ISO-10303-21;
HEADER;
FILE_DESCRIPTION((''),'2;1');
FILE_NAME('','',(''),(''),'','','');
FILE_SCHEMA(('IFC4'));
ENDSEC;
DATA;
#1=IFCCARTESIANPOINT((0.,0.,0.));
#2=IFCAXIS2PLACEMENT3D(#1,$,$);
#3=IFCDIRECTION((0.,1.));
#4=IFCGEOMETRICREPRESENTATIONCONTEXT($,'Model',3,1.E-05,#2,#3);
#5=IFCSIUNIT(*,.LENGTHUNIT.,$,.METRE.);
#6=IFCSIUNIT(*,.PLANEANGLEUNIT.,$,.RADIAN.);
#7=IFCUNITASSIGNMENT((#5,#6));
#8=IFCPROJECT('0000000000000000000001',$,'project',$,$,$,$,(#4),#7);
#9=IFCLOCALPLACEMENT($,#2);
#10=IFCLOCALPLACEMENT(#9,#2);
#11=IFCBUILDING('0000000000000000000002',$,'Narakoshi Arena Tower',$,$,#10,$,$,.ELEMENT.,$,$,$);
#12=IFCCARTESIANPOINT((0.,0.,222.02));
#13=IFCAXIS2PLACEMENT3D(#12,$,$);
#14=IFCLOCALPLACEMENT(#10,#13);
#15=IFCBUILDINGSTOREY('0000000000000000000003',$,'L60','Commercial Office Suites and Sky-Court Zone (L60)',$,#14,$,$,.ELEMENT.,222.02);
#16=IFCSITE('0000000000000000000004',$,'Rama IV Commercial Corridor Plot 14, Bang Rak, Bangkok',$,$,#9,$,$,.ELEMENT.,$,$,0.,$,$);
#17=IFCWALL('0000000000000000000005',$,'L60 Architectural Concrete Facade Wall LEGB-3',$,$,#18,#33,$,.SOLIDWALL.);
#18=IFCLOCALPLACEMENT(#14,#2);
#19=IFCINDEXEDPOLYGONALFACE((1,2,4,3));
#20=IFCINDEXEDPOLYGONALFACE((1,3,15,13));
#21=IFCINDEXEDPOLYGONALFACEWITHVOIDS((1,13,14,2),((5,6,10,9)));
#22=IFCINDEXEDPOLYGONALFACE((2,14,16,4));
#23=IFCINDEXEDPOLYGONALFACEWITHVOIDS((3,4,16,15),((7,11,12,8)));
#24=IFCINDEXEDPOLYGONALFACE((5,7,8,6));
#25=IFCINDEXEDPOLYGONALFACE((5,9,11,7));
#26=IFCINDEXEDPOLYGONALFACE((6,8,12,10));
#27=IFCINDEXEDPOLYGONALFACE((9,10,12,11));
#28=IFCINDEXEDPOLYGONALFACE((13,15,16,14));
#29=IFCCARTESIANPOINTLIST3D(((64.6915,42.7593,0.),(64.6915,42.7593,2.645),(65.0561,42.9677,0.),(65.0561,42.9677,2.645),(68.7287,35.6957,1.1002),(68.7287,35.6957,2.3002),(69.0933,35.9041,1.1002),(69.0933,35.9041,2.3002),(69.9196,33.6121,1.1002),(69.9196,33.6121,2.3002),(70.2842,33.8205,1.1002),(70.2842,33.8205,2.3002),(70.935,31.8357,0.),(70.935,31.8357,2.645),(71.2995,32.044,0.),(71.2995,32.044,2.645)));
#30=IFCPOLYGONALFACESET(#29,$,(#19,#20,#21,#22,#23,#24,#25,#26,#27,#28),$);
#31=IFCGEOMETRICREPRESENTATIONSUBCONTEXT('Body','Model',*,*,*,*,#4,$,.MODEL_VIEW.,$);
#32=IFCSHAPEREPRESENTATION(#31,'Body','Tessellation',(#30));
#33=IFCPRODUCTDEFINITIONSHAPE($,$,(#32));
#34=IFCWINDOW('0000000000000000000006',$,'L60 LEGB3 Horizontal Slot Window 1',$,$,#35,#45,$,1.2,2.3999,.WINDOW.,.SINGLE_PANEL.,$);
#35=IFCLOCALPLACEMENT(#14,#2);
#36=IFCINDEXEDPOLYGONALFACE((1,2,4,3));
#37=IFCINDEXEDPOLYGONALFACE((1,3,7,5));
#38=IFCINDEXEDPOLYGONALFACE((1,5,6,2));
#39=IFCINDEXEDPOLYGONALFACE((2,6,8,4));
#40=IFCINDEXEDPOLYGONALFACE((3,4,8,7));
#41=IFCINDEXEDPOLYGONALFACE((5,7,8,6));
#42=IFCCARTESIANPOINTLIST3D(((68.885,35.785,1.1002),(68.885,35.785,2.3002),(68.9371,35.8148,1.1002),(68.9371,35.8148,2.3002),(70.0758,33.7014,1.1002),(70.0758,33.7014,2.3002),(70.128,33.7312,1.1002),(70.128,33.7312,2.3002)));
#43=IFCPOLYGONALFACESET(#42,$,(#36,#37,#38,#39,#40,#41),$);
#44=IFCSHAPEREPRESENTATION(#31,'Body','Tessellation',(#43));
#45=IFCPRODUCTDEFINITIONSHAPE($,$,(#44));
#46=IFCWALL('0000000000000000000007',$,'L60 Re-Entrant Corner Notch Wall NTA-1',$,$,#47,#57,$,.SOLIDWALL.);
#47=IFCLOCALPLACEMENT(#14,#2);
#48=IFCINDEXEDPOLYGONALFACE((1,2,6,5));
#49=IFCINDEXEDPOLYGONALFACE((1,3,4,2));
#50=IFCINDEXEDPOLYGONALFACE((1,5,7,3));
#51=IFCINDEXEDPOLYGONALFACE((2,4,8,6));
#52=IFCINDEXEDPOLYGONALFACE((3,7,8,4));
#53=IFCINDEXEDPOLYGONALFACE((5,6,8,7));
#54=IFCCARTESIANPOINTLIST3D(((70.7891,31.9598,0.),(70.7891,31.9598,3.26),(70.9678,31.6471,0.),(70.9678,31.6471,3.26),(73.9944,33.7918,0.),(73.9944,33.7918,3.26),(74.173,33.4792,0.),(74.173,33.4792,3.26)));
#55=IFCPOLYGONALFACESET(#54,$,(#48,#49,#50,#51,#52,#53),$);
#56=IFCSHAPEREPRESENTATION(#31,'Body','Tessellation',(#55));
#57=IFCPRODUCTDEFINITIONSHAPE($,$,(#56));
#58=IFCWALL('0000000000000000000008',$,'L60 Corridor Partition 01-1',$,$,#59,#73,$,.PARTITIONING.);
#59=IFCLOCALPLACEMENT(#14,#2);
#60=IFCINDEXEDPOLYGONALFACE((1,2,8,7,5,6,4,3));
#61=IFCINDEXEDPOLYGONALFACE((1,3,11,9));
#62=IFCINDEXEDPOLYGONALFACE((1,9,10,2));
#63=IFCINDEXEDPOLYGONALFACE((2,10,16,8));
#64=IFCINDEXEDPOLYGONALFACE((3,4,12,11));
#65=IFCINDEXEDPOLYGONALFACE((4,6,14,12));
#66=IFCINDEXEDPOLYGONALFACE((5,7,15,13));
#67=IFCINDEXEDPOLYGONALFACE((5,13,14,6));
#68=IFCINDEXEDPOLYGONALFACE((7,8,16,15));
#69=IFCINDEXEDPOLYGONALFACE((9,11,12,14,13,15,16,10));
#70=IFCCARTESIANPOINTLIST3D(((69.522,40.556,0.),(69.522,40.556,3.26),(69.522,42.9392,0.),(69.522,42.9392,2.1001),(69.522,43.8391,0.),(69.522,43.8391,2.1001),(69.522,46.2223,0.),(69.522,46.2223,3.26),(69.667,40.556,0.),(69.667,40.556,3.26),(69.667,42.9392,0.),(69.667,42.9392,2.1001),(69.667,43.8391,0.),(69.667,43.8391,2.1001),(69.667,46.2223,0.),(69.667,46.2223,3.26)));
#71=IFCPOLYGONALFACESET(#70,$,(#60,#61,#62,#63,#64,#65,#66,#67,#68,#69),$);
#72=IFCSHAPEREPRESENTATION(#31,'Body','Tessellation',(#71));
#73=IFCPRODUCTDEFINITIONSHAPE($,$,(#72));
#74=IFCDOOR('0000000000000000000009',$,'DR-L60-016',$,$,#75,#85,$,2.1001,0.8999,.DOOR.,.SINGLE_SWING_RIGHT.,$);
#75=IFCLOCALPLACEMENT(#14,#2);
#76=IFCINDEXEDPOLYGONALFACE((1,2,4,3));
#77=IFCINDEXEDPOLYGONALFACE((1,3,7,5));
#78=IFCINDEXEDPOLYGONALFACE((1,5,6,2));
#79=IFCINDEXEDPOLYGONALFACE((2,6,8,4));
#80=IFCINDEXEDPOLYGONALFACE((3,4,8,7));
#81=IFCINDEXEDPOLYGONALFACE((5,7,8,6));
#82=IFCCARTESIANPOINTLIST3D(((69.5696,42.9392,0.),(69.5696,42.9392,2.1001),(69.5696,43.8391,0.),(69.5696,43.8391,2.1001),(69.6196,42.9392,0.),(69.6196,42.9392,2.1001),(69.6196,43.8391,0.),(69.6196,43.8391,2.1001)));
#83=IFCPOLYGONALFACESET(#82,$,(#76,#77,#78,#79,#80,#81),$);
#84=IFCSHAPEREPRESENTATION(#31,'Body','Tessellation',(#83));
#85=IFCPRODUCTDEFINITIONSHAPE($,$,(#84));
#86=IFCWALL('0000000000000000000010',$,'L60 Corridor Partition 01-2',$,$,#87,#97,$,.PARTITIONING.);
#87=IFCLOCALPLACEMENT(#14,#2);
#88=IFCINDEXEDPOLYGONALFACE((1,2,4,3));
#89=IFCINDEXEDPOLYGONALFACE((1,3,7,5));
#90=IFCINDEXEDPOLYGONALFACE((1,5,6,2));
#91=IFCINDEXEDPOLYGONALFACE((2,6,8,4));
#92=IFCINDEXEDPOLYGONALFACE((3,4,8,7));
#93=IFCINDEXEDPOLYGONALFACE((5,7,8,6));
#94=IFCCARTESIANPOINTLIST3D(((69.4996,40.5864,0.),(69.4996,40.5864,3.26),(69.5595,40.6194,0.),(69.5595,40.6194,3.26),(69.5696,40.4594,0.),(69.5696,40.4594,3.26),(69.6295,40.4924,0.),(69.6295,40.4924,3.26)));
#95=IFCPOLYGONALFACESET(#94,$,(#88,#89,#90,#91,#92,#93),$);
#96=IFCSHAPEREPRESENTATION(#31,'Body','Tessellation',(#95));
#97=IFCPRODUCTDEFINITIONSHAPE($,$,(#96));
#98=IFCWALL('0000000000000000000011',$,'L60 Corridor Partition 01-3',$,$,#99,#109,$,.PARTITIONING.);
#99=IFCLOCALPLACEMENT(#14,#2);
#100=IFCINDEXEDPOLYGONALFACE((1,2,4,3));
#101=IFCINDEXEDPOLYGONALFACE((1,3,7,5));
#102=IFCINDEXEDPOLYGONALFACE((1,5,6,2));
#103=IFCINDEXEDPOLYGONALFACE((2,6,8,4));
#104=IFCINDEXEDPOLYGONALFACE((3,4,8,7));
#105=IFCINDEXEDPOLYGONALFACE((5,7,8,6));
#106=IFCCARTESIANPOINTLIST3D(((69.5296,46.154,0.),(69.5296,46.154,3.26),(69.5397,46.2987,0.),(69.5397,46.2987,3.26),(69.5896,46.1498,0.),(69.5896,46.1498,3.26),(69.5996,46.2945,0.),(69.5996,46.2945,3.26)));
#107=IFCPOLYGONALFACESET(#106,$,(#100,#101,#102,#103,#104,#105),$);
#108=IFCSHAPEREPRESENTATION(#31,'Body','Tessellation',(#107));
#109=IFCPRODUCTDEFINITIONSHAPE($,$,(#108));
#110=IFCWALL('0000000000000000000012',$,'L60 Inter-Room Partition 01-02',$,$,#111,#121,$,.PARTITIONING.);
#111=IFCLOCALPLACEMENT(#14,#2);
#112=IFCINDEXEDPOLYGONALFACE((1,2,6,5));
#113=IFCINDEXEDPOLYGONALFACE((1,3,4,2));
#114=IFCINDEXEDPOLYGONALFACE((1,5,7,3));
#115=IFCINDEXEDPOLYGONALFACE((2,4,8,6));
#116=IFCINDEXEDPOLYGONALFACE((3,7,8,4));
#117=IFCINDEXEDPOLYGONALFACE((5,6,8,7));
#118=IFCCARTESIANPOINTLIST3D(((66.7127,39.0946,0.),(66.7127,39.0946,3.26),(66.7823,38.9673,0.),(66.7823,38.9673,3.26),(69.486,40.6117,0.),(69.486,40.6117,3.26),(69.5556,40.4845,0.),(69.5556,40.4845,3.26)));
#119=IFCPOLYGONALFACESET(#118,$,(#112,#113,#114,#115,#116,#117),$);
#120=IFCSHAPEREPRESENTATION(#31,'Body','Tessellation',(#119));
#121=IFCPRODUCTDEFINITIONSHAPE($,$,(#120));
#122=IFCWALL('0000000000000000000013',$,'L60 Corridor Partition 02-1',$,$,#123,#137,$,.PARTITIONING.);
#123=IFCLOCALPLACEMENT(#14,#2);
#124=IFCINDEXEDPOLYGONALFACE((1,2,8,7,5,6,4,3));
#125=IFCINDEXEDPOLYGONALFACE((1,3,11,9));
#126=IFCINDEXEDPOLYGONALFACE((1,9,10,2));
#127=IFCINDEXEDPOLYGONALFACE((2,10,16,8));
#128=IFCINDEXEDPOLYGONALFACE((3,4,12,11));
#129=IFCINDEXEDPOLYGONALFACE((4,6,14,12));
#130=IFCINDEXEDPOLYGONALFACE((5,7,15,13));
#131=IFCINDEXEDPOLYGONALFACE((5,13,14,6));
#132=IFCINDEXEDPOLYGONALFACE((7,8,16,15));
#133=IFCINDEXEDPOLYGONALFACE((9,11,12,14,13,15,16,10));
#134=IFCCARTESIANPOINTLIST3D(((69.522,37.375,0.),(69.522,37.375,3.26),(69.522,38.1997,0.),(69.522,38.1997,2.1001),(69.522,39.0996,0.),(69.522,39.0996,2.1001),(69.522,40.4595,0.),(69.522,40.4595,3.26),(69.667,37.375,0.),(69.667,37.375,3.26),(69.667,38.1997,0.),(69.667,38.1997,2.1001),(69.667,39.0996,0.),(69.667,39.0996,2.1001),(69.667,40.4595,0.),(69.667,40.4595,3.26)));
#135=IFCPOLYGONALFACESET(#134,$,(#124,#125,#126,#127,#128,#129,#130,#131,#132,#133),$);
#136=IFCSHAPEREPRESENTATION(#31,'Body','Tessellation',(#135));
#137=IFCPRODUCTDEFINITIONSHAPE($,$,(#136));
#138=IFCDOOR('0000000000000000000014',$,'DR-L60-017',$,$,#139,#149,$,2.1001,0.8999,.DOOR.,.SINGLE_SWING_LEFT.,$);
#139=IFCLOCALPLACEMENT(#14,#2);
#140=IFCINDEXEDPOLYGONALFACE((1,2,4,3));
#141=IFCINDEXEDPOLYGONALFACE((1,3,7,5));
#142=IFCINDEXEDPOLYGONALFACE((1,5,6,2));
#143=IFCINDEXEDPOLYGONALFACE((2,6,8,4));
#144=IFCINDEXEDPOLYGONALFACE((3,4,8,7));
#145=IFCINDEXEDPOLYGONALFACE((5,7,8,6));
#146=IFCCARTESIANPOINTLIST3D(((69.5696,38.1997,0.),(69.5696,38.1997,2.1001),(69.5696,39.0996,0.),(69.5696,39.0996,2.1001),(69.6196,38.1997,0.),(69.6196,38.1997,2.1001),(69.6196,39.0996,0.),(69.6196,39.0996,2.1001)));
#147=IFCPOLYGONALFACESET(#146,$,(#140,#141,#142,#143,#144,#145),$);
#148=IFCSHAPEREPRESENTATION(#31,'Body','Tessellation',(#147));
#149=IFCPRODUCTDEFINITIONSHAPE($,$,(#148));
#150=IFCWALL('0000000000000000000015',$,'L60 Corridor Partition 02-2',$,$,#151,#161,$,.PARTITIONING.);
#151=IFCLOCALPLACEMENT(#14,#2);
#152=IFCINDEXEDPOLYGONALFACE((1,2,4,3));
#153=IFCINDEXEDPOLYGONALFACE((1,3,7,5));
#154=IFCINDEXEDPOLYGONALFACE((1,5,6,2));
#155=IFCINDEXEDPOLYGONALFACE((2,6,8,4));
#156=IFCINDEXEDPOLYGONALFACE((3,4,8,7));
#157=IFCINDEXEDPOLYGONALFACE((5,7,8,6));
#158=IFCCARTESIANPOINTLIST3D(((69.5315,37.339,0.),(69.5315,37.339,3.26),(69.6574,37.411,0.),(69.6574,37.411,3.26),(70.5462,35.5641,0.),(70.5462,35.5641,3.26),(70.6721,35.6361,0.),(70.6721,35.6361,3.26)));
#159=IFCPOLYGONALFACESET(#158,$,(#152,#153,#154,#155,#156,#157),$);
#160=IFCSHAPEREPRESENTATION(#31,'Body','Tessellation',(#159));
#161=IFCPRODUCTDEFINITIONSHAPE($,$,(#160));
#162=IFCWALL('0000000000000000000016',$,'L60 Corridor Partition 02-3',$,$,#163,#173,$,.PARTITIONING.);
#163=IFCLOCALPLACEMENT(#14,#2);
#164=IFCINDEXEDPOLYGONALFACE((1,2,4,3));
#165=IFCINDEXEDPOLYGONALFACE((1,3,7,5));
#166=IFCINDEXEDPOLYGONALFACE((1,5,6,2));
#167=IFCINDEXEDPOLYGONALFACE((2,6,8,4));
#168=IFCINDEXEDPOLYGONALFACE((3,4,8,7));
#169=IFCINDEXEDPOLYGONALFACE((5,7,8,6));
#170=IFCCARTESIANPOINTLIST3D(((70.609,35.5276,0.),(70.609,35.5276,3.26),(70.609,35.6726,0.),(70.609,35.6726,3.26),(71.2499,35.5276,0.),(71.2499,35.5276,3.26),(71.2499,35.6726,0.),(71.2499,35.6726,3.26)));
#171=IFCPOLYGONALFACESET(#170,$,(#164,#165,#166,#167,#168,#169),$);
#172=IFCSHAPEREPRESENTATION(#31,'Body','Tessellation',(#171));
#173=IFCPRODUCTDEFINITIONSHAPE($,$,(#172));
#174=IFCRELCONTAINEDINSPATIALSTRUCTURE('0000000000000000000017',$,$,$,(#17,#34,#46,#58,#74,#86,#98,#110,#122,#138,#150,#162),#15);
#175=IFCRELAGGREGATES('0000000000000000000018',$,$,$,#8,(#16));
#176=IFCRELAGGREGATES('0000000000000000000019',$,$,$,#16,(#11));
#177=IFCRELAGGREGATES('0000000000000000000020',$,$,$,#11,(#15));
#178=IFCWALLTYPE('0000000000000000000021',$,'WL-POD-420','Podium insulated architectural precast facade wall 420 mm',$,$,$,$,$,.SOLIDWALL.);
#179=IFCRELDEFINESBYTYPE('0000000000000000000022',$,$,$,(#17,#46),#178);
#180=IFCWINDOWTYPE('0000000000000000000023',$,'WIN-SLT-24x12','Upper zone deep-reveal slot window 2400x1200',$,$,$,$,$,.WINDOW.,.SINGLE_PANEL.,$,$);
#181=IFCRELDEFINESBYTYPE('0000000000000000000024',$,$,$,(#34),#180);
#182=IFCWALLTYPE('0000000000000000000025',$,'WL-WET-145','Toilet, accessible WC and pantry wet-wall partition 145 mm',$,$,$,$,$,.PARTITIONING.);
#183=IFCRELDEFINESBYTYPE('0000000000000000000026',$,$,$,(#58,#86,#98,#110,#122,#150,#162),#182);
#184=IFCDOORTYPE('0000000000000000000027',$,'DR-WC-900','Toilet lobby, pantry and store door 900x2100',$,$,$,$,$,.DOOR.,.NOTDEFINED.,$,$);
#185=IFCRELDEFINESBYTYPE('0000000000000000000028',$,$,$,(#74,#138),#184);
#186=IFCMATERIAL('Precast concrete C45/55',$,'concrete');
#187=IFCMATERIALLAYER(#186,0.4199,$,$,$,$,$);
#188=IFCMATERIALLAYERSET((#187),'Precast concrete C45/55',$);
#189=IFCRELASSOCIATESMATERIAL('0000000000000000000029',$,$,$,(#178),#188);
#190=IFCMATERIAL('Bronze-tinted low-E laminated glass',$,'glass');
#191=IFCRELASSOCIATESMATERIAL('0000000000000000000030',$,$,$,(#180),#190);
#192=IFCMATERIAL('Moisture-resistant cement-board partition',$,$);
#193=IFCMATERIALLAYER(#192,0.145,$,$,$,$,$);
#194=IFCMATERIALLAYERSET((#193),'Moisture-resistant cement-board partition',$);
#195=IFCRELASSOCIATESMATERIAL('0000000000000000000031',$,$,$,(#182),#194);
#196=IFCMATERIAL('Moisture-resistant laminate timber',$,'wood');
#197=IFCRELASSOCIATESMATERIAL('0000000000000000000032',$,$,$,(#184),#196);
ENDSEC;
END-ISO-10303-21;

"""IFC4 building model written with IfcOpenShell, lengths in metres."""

from ifc_helpers import new_model, si_unit, direction, frame, frame_2d, origin, place, context, subcontext, project, spatial, rectangle, extrude, material, layer, layer_set, type_object, element, fill, save


model = new_model("IFC4")

# Units and contexts
model_context = context("Model", 3, precision=1e-05, world=origin(), true_north=direction((0.0, 1.0)))
body_context = subcontext(model_context, "Body", "Model", "MODEL_VIEW")
ifc_project = project(units=[si_unit("LENGTHUNIT", "METRE"), si_unit("PLANEANGLEUNIT", "RADIAN")], contexts=[model_context])

# Site, building, storey
site_placement = place(None, origin())
site = spatial("IfcSite", under=ifc_project, at=site_placement, Name="Rama IV Commercial Corridor Plot 14, Bang Rak, Bangkok", CompositionType="ELEMENT", RefElevation=0.0)
building_placement = place(site_placement, origin())
building = spatial("IfcBuilding", under=site, at=building_placement, Name="Narakoshi Arena Tower", CompositionType="ELEMENT")
storey_placement = place(building_placement, frame((0.0, 0.0, 222.02)))
storey = spatial("IfcBuildingStorey", under=building, at=storey_placement, Name="L60", Description="Commercial Office Suites and Sky-Court Zone (L60)", CompositionType="ELEMENT", Elevation=222.02)

# Shared definitions
ifc_material_1 = material(Name="Bronze-tinted low-E laminated glass", Category="glass")

# Wall, opening, window
ifc_material_2 = material(Name="Precast concrete C45/55", Category="concrete")
ifc_layer_1 = layer(ifc_material_2, 0.4199)
ifc_layer_set_1 = layer_set([ifc_layer_1], Name="Precast concrete C45/55")
wall_type_1 = type_object("IfcWallType", Name="WL-POD-420", Description="Podium insulated architectural precast facade wall 420 mm", PredefinedType="SOLIDWALL", material=ifc_layer_set_1)
wall_1_placement = place(storey_placement, frame((64.8738, 42.8635, 0.0), z_axis=(0.0, 0.0, 1.0), x_axis=(0.49622, -0.868197, 0.0)))
wall_1 = element("IfcWall", 1, at=wall_1_placement, inside=storey, type_object=wall_type_1, Name="L60 Architectural Concrete Facade Wall LEGB-3", PredefinedType="SOLIDWALL", context=body_context, shape_type="SweptSolid", body=[
    extrude(rectangle(XDim=12.582, YDim=0.4199, at=frame_2d((6.291, 0.0))), origin(), (0.0, 0.0, 1.0), 2.645),
])
opening_1_placement = place(wall_1_placement, frame((8.136, 0.0, 1.1001)))
opening_1 = element("IfcOpeningElement", 2, at=opening_1_placement, cuts=wall_1, PredefinedType="OPENING", context=body_context, shape_type="SweptSolid", body=[
    extrude(rectangle(XDim=2.3999, YDim=1.2, at=frame_2d((1.2, 0.6001))), frame((0.0, 0.22, 0.0), z_axis=(0.0, -1.0, 0.0), x_axis=(1.0, 0.0, 0.0)), (0.0, 0.0, 1.0), 0.4399),
])
window_type = type_object("IfcWindowType", Name="WIN-SLT-24x12", Description="Upper zone deep-reveal slot window 2400x1200", PartitioningType="SINGLE_PANEL", PredefinedType="WINDOW", material=ifc_material_1)
window_placement = place(opening_1_placement, origin())
window = element("IfcWindow", 3, at=window_placement, inside=storey, type_object=window_type, Name="L60 LEGB3 Horizontal Slot Window 1", OverallHeight=1.2, OverallWidth=2.3999, PartitioningType="SINGLE_PANEL", PredefinedType="WINDOW", context=body_context, shape_type="SweptSolid", body=[
    extrude(rectangle(XDim=2.3999, YDim=1.2, at=frame_2d((1.2, 0.6001))), frame((0.0, 0.03, 0.0), z_axis=(0.0, -1.0, 0.0), x_axis=(1.0, 0.0, 0.0)), (0.0, 0.0, 1.0), 0.0601),
])
fill(opening_1, window)

# Wall
wall_2_placement = place(storey_placement, frame((70.8784, 31.8035, 0.0), z_axis=(0.0, 0.0, 1.0), x_axis=(0.868194, 0.496224, 0.0)))
element("IfcWall", 4, at=wall_2_placement, inside=storey, type_object=wall_type_1, Name="L60 Re-Entrant Corner Notch Wall NTA-1", PredefinedType="SOLIDWALL", context=body_context, shape_type="SweptSolid", body=[
    extrude(rectangle(XDim=3.6919, YDim=0.3601, at=frame_2d((1.8459, 0.0))), origin(), (0.0, 0.0, 1.0), 3.26),
])

# Wall, opening, door
ifc_material_3 = material(Name="Moisture-resistant cement-board partition")
ifc_layer_2 = layer(ifc_material_3, 0.145)
ifc_layer_set_2 = layer_set([ifc_layer_2], Name="Moisture-resistant cement-board partition")
wall_type_2 = type_object("IfcWallType", Name="WL-WET-145", Description="Toilet, accessible WC and pantry wet-wall partition 145 mm", PredefinedType="PARTITIONING", material=ifc_layer_set_2)
wall_3_placement = place(storey_placement, frame((69.5945, 46.2222, 0.0), z_axis=(0.0, 0.0, 1.0), x_axis=(0.0, -1.0, 0.0)))
wall_3 = element("IfcWall", 5, at=wall_3_placement, inside=storey, type_object=wall_type_2, Name="L60 Corridor Partition 01-1", PredefinedType="PARTITIONING", context=body_context, shape_type="SweptSolid", body=[
    extrude(rectangle(XDim=5.6663, YDim=0.145, at=frame_2d((2.833, 0.0))), origin(), (0.0, 0.0, 1.0), 3.26),
])
opening_2_placement = place(wall_3_placement, frame((2.3831, 0.0, 0.0)))
opening_2 = element("IfcOpeningElement", 6, at=opening_2_placement, cuts=wall_3, PredefinedType="OPENING", context=body_context, shape_type="SweptSolid", body=[
    extrude(rectangle(XDim=0.8999, YDim=2.1001, at=frame_2d((0.45, 1.05))), frame((0.0, 0.0825, 0.0), z_axis=(0.0, -1.0, 0.0), x_axis=(1.0, 0.0, 0.0)), (0.0, 0.0, 1.0), 0.165),
])
ifc_material_4 = material(Name="Moisture-resistant laminate timber", Category="wood")
door_type_1 = type_object("IfcDoorType", Name="DR-WC-900", Description="Toilet lobby, pantry and store door 900x2100", OperationType="NOTDEFINED", PredefinedType="DOOR", material=ifc_material_4)
door_1_placement = place(opening_2_placement, frame((0.8999, 0.0, 0.0), z_axis=(0.0, 0.0, 1.0), x_axis=(-1.0, 0.0, 0.0)))
door_1 = element("IfcDoor", 7, at=door_1_placement, inside=storey, type_object=door_type_1, Name="DR-L60-016", OperationType="SINGLE_SWING_RIGHT", OverallHeight=2.1001, OverallWidth=0.8999, PredefinedType="DOOR", context=body_context, shape_type="SweptSolid", body=[
    extrude(rectangle(XDim=0.8999, YDim=2.1001, at=frame_2d((0.45, 1.05))), frame((0.0, 0.0249, 0.0), z_axis=(0.0, -1.0, 0.0), x_axis=(1.0, 0.0, 0.0)), (0.0, 0.0, 1.0), 0.05),
])
fill(opening_2, door_1)

# Walls
wall_4_placement = place(storey_placement, frame((69.5945, 40.5559, 0.0), z_axis=(0.0, 0.0, 1.0), x_axis=(-0.875838, -0.482605, 0.0)))
element("IfcWall", 8, at=wall_4_placement, inside=storey, type_object=wall_type_2, Name="L60 Corridor Partition 01-2", PredefinedType="PARTITIONING", context=body_context, shape_type="SweptSolid", body=[
    extrude(rectangle(XDim=0.0684, YDim=0.145, at=frame_2d((0.0342, 0.0))), origin(), (0.0, 0.0, 1.0), 3.26),
])
wall_5_placement = place(storey_placement, frame((69.5347, 46.2263, 0.0), z_axis=(0.0, 0.0, 1.0), x_axis=(0.997601, -0.069221, 0.0)))
element("IfcWall", 9, at=wall_5_placement, inside=storey, type_object=wall_type_2, Name="L60 Corridor Partition 01-3", PredefinedType="PARTITIONING", context=body_context, shape_type="SweptSolid", body=[
    extrude(rectangle(XDim=0.0601, YDim=0.145, at=frame_2d((0.03, 0.0))), origin(), (0.0, 0.0, 1.0), 3.26),
])
wall_6_placement = place(storey_placement, frame((69.5208, 40.5481, 0.0), z_axis=(0.0, 0.0, 1.0), x_axis=(-0.877305, -0.479934, 0.0)))
element("IfcWall", 10, at=wall_6_placement, inside=storey, type_object=wall_type_2, Name="L60 Inter-Room Partition 01-02", PredefinedType="PARTITIONING", context=body_context, shape_type="SweptSolid", body=[
    extrude(rectangle(XDim=3.1611, YDim=0.145, at=frame_2d((1.5806, 0.0))), origin(), (0.0, 0.0, 1.0), 3.26),
])

# Wall, opening, door
wall_7_placement = place(storey_placement, frame((69.5945, 40.4595, 0.0), z_axis=(0.0, 0.0, 1.0), x_axis=(0.0, -1.0, 0.0)))
wall_7 = element("IfcWall", 11, at=wall_7_placement, inside=storey, type_object=wall_type_2, Name="L60 Corridor Partition 02-1", PredefinedType="PARTITIONING", context=body_context, shape_type="SweptSolid", body=[
    extrude(rectangle(XDim=3.0845, YDim=0.145, at=frame_2d((1.5422, 0.0))), origin(), (0.0, 0.0, 1.0), 3.26),
])
opening_3_placement = place(wall_7_placement, frame((1.3599, 0.0, 0.0)))
opening_3 = element("IfcOpeningElement", 12, at=opening_3_placement, cuts=wall_7, PredefinedType="OPENING", context=body_context, shape_type="SweptSolid", body=[
    extrude(rectangle(XDim=0.8999, YDim=2.1001, at=frame_2d((0.45, 1.05))), frame((0.0, 0.0825, 0.0), z_axis=(0.0, -1.0, 0.0), x_axis=(1.0, 0.0, 0.0)), (0.0, 0.0, 1.0), 0.165),
])
door_2_placement = place(opening_3_placement, frame((0.8999, 0.0, 0.0), z_axis=(0.0, 0.0, 1.0), x_axis=(-1.0, 0.0, 0.0)))
door_2 = element("IfcDoor", 13, at=door_2_placement, inside=storey, type_object=door_type_1, Name="DR-L60-017", OperationType="SINGLE_SWING_LEFT", OverallHeight=2.1001, OverallWidth=0.8999, PredefinedType="DOOR", context=body_context, shape_type="SweptSolid", body=[
    extrude(rectangle(XDim=0.8999, YDim=2.1001, at=frame_2d((0.45, 1.05))), frame((0.0, 0.0249, 0.0), z_axis=(0.0, -1.0, 0.0), x_axis=(1.0, 0.0, 0.0)), (0.0, 0.0, 1.0), 0.05),
])
fill(opening_3, door_2)

# Walls
wall_8_placement = place(storey_placement, frame((69.5945, 37.375, 0.0), z_axis=(0.0, 0.0, 1.0), x_axis=(0.496293, -0.868155, 0.0)))
element("IfcWall", 14, at=wall_8_placement, inside=storey, type_object=wall_type_2, Name="L60 Corridor Partition 02-2", PredefinedType="PARTITIONING", context=body_context, shape_type="SweptSolid", body=[
    extrude(rectangle(XDim=2.0444, YDim=0.145, at=frame_2d((1.0222, 0.0))), origin(), (0.0, 0.0, 1.0), 3.26),
])
wall_9_placement = place(storey_placement, frame((70.6091, 35.6001, 0.0), z_axis=(0.0, 0.0, 1.0), x_axis=(1.0, 0.0, 0.0)))
element("IfcWall", 15, at=wall_9_placement, inside=storey, type_object=wall_type_2, Name="L60 Corridor Partition 02-3", PredefinedType="PARTITIONING", context=body_context, shape_type="SweptSolid", body=[
    extrude(rectangle(XDim=0.6409, YDim=0.145, at=frame_2d((0.3203, 0.0))), origin(), (0.0, 0.0, 1.0), 3.26),
])

save(model, "model.ifc")
